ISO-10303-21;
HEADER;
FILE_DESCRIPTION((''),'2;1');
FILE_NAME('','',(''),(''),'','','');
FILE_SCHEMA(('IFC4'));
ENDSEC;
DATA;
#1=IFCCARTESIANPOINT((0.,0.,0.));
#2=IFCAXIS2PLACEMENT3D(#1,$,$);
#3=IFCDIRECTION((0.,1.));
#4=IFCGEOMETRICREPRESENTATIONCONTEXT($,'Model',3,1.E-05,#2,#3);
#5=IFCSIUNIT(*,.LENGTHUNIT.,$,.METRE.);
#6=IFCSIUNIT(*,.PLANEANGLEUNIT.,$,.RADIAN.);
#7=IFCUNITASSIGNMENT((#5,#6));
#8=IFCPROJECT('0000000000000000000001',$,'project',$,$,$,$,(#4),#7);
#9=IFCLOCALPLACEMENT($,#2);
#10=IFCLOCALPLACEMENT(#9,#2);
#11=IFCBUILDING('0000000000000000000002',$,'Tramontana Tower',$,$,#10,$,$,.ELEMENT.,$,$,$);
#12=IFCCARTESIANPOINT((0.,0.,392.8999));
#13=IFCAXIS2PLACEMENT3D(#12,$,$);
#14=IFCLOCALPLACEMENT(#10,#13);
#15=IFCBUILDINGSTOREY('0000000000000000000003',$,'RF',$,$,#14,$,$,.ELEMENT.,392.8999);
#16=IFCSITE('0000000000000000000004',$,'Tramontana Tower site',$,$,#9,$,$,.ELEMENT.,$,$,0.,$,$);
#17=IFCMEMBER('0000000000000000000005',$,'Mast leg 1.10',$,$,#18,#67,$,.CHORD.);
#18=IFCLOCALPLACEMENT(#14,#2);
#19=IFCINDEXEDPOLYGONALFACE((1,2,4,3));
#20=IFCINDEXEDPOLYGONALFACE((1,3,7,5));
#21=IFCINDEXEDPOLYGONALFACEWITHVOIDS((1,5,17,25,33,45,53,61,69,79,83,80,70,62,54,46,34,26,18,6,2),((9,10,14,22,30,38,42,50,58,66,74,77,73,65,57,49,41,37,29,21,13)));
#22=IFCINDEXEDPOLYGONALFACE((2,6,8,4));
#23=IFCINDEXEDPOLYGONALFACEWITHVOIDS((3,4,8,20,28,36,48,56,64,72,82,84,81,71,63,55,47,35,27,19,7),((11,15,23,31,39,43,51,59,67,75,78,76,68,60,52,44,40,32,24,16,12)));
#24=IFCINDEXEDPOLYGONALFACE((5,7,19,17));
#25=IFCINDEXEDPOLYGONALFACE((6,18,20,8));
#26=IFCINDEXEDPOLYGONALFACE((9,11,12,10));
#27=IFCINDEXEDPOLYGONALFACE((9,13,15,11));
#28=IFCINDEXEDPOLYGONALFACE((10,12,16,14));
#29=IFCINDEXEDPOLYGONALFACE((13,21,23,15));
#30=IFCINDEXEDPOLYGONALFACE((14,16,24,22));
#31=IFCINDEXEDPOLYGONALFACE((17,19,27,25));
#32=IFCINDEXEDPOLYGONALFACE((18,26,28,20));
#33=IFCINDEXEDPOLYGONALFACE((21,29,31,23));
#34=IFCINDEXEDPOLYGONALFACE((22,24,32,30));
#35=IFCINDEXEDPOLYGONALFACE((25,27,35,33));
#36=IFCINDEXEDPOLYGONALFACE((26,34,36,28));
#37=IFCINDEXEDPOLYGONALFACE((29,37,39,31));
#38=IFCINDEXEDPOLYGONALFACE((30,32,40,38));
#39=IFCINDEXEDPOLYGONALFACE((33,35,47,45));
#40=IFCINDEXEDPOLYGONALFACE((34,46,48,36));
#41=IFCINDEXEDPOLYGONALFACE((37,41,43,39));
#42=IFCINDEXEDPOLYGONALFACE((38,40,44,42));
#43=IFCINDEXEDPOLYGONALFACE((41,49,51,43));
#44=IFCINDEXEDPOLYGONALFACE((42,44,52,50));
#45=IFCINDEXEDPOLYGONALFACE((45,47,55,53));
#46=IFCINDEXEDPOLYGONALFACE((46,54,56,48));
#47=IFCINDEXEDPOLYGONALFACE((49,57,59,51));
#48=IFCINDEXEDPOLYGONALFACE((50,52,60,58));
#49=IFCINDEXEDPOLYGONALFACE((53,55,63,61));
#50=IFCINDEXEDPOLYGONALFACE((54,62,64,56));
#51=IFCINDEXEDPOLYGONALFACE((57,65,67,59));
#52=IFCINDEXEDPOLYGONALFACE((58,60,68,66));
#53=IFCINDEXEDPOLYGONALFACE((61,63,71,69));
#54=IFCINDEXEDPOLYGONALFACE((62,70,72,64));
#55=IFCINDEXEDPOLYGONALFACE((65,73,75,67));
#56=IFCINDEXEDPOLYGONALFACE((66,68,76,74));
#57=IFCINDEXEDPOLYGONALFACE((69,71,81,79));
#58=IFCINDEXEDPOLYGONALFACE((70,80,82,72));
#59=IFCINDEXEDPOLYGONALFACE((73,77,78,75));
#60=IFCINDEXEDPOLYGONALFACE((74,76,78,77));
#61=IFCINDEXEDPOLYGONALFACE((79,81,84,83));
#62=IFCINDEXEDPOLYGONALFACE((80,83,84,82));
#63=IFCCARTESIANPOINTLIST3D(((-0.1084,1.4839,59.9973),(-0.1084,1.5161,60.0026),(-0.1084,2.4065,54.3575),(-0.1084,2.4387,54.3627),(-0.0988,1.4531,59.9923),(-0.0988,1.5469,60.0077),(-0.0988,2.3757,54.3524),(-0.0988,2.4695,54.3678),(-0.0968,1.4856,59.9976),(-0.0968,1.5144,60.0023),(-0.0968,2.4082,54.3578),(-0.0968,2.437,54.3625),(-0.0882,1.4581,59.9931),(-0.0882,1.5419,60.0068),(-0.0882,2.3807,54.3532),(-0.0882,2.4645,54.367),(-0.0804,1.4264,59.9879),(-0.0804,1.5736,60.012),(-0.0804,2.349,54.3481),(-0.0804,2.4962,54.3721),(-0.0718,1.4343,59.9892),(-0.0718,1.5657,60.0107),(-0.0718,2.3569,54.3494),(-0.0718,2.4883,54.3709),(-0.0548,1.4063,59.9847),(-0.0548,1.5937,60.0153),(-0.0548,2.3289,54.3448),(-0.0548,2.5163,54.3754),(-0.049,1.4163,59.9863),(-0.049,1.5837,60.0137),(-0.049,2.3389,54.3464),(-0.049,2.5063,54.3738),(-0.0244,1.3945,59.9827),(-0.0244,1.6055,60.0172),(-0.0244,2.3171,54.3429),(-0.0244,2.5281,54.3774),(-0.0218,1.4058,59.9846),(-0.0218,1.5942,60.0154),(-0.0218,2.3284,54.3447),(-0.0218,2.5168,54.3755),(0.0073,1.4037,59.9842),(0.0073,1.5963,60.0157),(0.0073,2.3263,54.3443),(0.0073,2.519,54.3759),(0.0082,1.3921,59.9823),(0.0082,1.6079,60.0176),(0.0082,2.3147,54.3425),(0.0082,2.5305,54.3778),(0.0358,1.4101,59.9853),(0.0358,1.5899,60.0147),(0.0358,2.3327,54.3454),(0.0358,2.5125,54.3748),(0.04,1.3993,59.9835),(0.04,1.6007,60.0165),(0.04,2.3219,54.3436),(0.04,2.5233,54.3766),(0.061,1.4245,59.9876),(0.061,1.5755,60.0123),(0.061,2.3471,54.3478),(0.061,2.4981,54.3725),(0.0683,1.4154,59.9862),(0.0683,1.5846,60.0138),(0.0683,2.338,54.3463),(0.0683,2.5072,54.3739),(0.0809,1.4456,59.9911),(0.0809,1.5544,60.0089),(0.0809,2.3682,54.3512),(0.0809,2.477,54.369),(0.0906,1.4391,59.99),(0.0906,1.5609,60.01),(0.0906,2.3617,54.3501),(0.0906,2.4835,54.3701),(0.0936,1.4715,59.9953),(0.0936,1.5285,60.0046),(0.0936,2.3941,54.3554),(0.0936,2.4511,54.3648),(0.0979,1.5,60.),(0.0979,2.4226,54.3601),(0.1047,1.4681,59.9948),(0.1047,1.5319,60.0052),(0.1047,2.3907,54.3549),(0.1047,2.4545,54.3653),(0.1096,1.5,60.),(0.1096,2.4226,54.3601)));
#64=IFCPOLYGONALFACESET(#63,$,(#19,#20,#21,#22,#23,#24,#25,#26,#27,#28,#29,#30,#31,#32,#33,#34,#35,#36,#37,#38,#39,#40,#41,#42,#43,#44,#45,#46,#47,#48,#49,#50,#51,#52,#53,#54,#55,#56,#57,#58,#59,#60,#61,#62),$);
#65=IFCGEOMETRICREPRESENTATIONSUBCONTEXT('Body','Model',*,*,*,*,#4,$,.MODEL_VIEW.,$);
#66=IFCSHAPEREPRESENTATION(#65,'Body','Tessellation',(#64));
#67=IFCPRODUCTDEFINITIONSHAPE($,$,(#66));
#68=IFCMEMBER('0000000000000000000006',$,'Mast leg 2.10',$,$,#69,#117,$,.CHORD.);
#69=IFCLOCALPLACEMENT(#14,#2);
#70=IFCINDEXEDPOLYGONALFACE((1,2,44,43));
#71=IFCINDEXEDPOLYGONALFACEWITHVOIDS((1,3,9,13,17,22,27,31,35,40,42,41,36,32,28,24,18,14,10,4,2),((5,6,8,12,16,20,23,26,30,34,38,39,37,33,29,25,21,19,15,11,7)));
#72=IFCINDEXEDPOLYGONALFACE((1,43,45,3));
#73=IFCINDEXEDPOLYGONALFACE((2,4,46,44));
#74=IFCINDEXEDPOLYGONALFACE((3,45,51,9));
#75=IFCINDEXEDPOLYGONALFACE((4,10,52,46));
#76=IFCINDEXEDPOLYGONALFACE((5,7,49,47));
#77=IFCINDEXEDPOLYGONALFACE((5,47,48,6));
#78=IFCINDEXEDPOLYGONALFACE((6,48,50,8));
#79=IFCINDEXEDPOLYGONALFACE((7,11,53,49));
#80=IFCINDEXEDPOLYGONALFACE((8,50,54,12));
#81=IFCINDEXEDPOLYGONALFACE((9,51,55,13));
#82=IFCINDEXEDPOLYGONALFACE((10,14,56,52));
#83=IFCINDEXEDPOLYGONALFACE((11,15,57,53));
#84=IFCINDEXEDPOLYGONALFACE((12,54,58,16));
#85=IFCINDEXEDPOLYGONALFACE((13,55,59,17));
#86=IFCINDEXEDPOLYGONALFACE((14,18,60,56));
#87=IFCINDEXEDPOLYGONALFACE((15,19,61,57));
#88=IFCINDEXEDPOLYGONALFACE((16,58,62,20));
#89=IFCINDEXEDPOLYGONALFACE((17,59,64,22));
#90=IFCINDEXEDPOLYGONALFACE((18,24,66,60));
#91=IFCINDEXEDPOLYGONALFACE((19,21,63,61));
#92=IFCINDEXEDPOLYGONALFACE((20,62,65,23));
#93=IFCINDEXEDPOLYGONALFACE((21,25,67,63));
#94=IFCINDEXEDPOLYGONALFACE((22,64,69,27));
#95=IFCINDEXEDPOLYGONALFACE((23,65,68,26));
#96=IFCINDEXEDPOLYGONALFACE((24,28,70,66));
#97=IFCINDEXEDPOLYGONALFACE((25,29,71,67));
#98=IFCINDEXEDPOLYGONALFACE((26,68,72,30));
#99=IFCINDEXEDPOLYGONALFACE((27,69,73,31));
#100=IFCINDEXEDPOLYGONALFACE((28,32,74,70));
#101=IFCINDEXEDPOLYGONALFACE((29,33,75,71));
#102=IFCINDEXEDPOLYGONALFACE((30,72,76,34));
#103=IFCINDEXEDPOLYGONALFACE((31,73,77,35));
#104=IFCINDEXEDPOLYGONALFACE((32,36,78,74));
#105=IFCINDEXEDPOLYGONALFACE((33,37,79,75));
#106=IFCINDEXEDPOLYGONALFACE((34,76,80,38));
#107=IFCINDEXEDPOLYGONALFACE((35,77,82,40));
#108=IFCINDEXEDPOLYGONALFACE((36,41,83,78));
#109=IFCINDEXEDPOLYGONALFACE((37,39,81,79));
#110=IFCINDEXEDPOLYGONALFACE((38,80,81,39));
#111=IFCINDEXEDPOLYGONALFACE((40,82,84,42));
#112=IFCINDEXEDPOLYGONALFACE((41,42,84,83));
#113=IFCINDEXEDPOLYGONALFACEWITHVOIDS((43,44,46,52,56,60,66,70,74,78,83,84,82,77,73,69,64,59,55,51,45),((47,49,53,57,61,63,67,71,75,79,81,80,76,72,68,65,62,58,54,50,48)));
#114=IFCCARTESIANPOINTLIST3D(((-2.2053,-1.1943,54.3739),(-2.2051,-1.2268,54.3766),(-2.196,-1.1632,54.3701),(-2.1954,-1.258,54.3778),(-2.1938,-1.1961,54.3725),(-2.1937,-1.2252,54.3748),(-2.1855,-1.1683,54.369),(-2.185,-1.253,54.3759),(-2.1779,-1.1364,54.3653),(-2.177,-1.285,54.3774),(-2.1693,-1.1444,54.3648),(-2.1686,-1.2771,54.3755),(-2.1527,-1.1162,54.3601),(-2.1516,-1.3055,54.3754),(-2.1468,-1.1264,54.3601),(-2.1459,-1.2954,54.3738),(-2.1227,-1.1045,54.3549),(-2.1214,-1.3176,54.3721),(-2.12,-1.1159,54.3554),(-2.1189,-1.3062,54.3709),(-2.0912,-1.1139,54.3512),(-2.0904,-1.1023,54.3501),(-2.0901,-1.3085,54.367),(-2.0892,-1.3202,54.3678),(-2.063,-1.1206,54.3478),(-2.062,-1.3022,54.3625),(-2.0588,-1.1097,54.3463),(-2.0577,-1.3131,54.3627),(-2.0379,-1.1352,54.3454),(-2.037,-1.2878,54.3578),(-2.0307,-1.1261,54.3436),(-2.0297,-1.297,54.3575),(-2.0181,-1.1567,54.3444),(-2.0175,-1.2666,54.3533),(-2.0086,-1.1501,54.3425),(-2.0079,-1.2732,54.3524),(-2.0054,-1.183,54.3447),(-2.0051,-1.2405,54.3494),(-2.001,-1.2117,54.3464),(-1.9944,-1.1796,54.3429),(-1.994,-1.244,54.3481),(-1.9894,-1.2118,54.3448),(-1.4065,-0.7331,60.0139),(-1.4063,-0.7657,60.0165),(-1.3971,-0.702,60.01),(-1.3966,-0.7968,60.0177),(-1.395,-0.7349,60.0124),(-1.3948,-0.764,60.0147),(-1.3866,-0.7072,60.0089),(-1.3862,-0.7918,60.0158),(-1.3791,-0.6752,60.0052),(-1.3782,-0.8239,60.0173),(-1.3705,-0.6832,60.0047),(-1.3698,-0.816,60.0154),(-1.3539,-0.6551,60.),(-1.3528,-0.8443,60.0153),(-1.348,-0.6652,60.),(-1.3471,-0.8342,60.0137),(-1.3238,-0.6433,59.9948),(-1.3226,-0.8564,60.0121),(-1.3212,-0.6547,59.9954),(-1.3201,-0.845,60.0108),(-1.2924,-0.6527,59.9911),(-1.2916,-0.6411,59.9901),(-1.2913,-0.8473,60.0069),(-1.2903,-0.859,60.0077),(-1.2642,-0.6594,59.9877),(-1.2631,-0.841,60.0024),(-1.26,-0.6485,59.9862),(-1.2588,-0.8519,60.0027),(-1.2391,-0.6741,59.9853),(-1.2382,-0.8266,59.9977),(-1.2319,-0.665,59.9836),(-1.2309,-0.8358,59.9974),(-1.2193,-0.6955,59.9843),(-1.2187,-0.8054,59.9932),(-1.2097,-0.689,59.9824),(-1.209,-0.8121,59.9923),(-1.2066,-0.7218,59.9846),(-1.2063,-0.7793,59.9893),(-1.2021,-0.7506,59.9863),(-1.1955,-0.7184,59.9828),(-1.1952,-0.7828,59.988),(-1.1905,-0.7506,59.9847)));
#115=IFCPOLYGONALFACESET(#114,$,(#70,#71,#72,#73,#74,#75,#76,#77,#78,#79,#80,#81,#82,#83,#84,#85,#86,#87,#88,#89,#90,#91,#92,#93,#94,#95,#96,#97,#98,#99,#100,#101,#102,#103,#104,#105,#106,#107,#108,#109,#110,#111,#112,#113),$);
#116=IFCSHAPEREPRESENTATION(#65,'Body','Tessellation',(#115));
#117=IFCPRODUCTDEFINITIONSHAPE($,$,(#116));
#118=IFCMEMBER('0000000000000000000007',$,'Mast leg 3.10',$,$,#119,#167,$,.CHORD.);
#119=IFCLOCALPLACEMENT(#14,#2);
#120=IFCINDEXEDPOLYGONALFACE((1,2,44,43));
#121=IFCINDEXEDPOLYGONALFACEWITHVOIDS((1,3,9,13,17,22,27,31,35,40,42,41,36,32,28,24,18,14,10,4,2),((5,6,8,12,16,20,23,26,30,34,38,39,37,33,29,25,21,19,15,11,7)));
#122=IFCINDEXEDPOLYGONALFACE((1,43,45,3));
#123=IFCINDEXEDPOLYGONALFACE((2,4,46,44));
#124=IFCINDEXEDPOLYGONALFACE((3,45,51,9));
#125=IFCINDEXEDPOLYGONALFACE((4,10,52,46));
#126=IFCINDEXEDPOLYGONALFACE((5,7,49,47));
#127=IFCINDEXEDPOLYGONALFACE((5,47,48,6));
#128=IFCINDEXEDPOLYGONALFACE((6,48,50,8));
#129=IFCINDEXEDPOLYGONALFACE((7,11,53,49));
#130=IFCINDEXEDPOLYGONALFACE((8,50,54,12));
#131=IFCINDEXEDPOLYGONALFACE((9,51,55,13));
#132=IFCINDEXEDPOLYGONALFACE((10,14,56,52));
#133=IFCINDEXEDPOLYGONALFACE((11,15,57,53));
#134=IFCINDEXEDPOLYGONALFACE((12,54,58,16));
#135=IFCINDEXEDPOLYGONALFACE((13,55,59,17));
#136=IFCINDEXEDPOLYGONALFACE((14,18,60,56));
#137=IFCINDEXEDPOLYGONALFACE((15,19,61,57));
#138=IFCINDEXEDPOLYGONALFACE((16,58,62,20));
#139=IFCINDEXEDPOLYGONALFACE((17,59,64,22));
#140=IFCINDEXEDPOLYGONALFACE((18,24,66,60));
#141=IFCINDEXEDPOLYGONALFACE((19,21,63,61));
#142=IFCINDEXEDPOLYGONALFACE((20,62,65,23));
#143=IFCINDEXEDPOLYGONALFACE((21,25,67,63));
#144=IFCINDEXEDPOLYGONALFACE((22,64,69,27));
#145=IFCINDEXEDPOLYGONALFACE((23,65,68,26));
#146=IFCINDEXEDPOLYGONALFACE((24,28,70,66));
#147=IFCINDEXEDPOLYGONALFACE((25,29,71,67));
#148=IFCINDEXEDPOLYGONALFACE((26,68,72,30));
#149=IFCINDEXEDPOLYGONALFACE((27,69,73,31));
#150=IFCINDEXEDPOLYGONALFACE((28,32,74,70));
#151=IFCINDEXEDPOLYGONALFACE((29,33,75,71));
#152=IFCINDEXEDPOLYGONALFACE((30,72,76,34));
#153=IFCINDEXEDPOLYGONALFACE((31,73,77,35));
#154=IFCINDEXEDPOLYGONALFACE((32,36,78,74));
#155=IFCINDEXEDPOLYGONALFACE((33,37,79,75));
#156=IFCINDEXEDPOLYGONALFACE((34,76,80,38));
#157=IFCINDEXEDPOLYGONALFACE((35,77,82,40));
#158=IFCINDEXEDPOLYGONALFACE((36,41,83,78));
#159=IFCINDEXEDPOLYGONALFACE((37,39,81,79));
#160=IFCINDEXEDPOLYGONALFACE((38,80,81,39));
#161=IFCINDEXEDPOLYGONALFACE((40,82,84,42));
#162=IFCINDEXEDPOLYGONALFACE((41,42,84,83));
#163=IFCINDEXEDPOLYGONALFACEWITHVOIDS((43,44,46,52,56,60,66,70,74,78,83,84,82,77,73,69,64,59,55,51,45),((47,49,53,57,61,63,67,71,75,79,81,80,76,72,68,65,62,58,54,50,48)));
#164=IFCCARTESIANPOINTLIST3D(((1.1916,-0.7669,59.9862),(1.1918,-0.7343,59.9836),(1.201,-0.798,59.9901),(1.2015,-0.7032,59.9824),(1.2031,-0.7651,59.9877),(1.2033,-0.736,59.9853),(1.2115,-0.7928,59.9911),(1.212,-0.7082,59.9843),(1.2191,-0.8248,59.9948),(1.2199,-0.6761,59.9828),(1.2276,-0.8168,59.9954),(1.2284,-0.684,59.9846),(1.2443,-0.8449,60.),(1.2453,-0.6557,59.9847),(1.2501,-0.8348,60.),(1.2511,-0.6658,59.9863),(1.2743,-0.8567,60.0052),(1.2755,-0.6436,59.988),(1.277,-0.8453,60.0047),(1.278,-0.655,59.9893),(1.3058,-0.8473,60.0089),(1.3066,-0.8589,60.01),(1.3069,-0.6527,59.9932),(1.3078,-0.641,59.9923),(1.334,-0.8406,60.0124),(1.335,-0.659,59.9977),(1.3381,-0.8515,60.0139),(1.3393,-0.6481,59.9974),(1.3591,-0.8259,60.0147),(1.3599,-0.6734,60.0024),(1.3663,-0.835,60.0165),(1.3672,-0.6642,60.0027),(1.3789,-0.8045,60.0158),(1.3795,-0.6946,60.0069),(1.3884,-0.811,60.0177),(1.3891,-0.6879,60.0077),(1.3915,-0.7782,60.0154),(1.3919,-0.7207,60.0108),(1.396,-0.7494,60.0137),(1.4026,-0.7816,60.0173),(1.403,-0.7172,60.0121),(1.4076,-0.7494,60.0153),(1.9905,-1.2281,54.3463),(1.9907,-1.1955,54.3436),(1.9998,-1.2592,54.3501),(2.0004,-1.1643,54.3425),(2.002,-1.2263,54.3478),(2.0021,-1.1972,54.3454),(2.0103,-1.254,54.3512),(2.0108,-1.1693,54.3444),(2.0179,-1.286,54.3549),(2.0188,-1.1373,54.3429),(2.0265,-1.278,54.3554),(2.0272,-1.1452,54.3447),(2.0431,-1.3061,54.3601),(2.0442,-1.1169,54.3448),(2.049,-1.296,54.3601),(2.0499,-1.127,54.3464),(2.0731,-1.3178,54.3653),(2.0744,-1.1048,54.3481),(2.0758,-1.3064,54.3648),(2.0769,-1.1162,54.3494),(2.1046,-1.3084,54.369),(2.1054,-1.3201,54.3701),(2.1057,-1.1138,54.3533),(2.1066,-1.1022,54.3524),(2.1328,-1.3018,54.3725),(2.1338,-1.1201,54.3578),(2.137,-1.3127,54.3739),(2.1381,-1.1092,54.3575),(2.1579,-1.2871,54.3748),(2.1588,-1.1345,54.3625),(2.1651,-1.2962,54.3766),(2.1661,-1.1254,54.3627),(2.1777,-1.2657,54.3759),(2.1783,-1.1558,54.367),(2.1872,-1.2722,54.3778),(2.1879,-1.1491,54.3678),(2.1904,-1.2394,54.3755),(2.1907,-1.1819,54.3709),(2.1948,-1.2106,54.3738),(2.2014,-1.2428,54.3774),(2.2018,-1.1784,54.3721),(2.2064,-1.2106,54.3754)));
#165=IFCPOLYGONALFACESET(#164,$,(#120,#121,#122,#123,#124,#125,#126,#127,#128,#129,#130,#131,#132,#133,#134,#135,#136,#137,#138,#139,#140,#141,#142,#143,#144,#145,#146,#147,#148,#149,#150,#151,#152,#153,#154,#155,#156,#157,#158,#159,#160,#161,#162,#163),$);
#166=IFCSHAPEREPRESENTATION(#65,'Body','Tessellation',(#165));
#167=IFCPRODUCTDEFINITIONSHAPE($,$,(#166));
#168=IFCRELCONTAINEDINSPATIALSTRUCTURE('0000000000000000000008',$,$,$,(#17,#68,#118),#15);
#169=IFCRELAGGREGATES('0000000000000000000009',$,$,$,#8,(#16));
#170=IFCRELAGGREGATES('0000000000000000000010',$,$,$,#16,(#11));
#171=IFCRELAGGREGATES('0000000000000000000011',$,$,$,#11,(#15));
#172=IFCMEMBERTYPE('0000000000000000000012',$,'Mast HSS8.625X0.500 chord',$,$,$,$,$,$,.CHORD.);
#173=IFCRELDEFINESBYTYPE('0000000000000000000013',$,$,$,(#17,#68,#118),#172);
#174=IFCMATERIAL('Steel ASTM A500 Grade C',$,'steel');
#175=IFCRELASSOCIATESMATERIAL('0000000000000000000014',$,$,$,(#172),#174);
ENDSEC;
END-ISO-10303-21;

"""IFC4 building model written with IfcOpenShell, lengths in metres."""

from ifc_helpers import new_model, si_unit, direction, frame, origin, origin_2d, place, context, subcontext, project, spatial, hollow_circle, extrude, material, material_profile, profile_set, type_object, element, save


model = new_model("IFC4")

# Units and contexts
model_context = context("Model", 3, precision=1e-05, world=origin(), true_north=direction((0.0, 1.0)))
body_context = subcontext(model_context, "Body", "Model", "MODEL_VIEW")
ifc_project = project(units=[si_unit("LENGTHUNIT", "METRE"), si_unit("PLANEANGLEUNIT", "RADIAN")], contexts=[model_context])

# Site, building, storey
site_placement = place(None, origin())
site = spatial("IfcSite", under=ifc_project, at=site_placement, Name="Tramontana Tower site", CompositionType="ELEMENT", RefElevation=0.0)
building_placement = place(site_placement, origin())
building = spatial("IfcBuilding", under=site, at=building_placement, Name="Tramontana Tower", CompositionType="ELEMENT")
storey_placement = place(building_placement, frame((0.0, 0.0, 392.8999)))
storey = spatial("IfcBuildingStorey", under=building, at=storey_placement, Name="RF", CompositionType="ELEMENT", Elevation=392.8999)

# Members
ifc_material_1 = material(Name="Steel ASTM A500 Grade C", Category="steel")
ifc_material_profile_1 = material_profile(ifc_material_1, hollow_circle(Radius=0.1096, WallThickness=0.0117, at=origin_2d()), Name="HSS8.625X0.500")
ifc_profile_set_1 = profile_set([ifc_material_profile_1], Name="Steel ASTM A500 Grade C")
member_type_1 = type_object("IfcMemberType", Name="Mast HSS8.625X0.500 chord", PredefinedType="CHORD", material=ifc_profile_set_1)
for number, where, z_axis, x_axis, name in (
    (1, (0.0, 2.4226, 54.3601), (0.0, -0.16144, 0.986883), (1.0, 0.0, 0.0), "Mast leg 1.10"),
    (2, (-2.0979, -1.2112, 54.3601), (0.139782, 0.080699, 0.986888), (-0.499982, 0.866036, 0.0), "Mast leg 2.10"),
    (3, (2.0979, -1.2112, 54.3601), (-0.139782, 0.080699, 0.986888), (-0.499982, -0.866036, 0.0), "Mast leg 3.10"),
):
    element("IfcMember", number, at=place(storey_placement, frame(where, z_axis=z_axis, x_axis=x_axis)), inside=storey, type_object=member_type_1, Name=name, PredefinedType="CHORD", context=body_context, shape_type="SweptSolid", body=[
        extrude(hollow_circle(Radius=0.1096, WallThickness=0.0117, at=origin_2d()), origin(), (0.0, 0.0, 1.0), 5.7148),
    ])

save(model, "model.ifc")
